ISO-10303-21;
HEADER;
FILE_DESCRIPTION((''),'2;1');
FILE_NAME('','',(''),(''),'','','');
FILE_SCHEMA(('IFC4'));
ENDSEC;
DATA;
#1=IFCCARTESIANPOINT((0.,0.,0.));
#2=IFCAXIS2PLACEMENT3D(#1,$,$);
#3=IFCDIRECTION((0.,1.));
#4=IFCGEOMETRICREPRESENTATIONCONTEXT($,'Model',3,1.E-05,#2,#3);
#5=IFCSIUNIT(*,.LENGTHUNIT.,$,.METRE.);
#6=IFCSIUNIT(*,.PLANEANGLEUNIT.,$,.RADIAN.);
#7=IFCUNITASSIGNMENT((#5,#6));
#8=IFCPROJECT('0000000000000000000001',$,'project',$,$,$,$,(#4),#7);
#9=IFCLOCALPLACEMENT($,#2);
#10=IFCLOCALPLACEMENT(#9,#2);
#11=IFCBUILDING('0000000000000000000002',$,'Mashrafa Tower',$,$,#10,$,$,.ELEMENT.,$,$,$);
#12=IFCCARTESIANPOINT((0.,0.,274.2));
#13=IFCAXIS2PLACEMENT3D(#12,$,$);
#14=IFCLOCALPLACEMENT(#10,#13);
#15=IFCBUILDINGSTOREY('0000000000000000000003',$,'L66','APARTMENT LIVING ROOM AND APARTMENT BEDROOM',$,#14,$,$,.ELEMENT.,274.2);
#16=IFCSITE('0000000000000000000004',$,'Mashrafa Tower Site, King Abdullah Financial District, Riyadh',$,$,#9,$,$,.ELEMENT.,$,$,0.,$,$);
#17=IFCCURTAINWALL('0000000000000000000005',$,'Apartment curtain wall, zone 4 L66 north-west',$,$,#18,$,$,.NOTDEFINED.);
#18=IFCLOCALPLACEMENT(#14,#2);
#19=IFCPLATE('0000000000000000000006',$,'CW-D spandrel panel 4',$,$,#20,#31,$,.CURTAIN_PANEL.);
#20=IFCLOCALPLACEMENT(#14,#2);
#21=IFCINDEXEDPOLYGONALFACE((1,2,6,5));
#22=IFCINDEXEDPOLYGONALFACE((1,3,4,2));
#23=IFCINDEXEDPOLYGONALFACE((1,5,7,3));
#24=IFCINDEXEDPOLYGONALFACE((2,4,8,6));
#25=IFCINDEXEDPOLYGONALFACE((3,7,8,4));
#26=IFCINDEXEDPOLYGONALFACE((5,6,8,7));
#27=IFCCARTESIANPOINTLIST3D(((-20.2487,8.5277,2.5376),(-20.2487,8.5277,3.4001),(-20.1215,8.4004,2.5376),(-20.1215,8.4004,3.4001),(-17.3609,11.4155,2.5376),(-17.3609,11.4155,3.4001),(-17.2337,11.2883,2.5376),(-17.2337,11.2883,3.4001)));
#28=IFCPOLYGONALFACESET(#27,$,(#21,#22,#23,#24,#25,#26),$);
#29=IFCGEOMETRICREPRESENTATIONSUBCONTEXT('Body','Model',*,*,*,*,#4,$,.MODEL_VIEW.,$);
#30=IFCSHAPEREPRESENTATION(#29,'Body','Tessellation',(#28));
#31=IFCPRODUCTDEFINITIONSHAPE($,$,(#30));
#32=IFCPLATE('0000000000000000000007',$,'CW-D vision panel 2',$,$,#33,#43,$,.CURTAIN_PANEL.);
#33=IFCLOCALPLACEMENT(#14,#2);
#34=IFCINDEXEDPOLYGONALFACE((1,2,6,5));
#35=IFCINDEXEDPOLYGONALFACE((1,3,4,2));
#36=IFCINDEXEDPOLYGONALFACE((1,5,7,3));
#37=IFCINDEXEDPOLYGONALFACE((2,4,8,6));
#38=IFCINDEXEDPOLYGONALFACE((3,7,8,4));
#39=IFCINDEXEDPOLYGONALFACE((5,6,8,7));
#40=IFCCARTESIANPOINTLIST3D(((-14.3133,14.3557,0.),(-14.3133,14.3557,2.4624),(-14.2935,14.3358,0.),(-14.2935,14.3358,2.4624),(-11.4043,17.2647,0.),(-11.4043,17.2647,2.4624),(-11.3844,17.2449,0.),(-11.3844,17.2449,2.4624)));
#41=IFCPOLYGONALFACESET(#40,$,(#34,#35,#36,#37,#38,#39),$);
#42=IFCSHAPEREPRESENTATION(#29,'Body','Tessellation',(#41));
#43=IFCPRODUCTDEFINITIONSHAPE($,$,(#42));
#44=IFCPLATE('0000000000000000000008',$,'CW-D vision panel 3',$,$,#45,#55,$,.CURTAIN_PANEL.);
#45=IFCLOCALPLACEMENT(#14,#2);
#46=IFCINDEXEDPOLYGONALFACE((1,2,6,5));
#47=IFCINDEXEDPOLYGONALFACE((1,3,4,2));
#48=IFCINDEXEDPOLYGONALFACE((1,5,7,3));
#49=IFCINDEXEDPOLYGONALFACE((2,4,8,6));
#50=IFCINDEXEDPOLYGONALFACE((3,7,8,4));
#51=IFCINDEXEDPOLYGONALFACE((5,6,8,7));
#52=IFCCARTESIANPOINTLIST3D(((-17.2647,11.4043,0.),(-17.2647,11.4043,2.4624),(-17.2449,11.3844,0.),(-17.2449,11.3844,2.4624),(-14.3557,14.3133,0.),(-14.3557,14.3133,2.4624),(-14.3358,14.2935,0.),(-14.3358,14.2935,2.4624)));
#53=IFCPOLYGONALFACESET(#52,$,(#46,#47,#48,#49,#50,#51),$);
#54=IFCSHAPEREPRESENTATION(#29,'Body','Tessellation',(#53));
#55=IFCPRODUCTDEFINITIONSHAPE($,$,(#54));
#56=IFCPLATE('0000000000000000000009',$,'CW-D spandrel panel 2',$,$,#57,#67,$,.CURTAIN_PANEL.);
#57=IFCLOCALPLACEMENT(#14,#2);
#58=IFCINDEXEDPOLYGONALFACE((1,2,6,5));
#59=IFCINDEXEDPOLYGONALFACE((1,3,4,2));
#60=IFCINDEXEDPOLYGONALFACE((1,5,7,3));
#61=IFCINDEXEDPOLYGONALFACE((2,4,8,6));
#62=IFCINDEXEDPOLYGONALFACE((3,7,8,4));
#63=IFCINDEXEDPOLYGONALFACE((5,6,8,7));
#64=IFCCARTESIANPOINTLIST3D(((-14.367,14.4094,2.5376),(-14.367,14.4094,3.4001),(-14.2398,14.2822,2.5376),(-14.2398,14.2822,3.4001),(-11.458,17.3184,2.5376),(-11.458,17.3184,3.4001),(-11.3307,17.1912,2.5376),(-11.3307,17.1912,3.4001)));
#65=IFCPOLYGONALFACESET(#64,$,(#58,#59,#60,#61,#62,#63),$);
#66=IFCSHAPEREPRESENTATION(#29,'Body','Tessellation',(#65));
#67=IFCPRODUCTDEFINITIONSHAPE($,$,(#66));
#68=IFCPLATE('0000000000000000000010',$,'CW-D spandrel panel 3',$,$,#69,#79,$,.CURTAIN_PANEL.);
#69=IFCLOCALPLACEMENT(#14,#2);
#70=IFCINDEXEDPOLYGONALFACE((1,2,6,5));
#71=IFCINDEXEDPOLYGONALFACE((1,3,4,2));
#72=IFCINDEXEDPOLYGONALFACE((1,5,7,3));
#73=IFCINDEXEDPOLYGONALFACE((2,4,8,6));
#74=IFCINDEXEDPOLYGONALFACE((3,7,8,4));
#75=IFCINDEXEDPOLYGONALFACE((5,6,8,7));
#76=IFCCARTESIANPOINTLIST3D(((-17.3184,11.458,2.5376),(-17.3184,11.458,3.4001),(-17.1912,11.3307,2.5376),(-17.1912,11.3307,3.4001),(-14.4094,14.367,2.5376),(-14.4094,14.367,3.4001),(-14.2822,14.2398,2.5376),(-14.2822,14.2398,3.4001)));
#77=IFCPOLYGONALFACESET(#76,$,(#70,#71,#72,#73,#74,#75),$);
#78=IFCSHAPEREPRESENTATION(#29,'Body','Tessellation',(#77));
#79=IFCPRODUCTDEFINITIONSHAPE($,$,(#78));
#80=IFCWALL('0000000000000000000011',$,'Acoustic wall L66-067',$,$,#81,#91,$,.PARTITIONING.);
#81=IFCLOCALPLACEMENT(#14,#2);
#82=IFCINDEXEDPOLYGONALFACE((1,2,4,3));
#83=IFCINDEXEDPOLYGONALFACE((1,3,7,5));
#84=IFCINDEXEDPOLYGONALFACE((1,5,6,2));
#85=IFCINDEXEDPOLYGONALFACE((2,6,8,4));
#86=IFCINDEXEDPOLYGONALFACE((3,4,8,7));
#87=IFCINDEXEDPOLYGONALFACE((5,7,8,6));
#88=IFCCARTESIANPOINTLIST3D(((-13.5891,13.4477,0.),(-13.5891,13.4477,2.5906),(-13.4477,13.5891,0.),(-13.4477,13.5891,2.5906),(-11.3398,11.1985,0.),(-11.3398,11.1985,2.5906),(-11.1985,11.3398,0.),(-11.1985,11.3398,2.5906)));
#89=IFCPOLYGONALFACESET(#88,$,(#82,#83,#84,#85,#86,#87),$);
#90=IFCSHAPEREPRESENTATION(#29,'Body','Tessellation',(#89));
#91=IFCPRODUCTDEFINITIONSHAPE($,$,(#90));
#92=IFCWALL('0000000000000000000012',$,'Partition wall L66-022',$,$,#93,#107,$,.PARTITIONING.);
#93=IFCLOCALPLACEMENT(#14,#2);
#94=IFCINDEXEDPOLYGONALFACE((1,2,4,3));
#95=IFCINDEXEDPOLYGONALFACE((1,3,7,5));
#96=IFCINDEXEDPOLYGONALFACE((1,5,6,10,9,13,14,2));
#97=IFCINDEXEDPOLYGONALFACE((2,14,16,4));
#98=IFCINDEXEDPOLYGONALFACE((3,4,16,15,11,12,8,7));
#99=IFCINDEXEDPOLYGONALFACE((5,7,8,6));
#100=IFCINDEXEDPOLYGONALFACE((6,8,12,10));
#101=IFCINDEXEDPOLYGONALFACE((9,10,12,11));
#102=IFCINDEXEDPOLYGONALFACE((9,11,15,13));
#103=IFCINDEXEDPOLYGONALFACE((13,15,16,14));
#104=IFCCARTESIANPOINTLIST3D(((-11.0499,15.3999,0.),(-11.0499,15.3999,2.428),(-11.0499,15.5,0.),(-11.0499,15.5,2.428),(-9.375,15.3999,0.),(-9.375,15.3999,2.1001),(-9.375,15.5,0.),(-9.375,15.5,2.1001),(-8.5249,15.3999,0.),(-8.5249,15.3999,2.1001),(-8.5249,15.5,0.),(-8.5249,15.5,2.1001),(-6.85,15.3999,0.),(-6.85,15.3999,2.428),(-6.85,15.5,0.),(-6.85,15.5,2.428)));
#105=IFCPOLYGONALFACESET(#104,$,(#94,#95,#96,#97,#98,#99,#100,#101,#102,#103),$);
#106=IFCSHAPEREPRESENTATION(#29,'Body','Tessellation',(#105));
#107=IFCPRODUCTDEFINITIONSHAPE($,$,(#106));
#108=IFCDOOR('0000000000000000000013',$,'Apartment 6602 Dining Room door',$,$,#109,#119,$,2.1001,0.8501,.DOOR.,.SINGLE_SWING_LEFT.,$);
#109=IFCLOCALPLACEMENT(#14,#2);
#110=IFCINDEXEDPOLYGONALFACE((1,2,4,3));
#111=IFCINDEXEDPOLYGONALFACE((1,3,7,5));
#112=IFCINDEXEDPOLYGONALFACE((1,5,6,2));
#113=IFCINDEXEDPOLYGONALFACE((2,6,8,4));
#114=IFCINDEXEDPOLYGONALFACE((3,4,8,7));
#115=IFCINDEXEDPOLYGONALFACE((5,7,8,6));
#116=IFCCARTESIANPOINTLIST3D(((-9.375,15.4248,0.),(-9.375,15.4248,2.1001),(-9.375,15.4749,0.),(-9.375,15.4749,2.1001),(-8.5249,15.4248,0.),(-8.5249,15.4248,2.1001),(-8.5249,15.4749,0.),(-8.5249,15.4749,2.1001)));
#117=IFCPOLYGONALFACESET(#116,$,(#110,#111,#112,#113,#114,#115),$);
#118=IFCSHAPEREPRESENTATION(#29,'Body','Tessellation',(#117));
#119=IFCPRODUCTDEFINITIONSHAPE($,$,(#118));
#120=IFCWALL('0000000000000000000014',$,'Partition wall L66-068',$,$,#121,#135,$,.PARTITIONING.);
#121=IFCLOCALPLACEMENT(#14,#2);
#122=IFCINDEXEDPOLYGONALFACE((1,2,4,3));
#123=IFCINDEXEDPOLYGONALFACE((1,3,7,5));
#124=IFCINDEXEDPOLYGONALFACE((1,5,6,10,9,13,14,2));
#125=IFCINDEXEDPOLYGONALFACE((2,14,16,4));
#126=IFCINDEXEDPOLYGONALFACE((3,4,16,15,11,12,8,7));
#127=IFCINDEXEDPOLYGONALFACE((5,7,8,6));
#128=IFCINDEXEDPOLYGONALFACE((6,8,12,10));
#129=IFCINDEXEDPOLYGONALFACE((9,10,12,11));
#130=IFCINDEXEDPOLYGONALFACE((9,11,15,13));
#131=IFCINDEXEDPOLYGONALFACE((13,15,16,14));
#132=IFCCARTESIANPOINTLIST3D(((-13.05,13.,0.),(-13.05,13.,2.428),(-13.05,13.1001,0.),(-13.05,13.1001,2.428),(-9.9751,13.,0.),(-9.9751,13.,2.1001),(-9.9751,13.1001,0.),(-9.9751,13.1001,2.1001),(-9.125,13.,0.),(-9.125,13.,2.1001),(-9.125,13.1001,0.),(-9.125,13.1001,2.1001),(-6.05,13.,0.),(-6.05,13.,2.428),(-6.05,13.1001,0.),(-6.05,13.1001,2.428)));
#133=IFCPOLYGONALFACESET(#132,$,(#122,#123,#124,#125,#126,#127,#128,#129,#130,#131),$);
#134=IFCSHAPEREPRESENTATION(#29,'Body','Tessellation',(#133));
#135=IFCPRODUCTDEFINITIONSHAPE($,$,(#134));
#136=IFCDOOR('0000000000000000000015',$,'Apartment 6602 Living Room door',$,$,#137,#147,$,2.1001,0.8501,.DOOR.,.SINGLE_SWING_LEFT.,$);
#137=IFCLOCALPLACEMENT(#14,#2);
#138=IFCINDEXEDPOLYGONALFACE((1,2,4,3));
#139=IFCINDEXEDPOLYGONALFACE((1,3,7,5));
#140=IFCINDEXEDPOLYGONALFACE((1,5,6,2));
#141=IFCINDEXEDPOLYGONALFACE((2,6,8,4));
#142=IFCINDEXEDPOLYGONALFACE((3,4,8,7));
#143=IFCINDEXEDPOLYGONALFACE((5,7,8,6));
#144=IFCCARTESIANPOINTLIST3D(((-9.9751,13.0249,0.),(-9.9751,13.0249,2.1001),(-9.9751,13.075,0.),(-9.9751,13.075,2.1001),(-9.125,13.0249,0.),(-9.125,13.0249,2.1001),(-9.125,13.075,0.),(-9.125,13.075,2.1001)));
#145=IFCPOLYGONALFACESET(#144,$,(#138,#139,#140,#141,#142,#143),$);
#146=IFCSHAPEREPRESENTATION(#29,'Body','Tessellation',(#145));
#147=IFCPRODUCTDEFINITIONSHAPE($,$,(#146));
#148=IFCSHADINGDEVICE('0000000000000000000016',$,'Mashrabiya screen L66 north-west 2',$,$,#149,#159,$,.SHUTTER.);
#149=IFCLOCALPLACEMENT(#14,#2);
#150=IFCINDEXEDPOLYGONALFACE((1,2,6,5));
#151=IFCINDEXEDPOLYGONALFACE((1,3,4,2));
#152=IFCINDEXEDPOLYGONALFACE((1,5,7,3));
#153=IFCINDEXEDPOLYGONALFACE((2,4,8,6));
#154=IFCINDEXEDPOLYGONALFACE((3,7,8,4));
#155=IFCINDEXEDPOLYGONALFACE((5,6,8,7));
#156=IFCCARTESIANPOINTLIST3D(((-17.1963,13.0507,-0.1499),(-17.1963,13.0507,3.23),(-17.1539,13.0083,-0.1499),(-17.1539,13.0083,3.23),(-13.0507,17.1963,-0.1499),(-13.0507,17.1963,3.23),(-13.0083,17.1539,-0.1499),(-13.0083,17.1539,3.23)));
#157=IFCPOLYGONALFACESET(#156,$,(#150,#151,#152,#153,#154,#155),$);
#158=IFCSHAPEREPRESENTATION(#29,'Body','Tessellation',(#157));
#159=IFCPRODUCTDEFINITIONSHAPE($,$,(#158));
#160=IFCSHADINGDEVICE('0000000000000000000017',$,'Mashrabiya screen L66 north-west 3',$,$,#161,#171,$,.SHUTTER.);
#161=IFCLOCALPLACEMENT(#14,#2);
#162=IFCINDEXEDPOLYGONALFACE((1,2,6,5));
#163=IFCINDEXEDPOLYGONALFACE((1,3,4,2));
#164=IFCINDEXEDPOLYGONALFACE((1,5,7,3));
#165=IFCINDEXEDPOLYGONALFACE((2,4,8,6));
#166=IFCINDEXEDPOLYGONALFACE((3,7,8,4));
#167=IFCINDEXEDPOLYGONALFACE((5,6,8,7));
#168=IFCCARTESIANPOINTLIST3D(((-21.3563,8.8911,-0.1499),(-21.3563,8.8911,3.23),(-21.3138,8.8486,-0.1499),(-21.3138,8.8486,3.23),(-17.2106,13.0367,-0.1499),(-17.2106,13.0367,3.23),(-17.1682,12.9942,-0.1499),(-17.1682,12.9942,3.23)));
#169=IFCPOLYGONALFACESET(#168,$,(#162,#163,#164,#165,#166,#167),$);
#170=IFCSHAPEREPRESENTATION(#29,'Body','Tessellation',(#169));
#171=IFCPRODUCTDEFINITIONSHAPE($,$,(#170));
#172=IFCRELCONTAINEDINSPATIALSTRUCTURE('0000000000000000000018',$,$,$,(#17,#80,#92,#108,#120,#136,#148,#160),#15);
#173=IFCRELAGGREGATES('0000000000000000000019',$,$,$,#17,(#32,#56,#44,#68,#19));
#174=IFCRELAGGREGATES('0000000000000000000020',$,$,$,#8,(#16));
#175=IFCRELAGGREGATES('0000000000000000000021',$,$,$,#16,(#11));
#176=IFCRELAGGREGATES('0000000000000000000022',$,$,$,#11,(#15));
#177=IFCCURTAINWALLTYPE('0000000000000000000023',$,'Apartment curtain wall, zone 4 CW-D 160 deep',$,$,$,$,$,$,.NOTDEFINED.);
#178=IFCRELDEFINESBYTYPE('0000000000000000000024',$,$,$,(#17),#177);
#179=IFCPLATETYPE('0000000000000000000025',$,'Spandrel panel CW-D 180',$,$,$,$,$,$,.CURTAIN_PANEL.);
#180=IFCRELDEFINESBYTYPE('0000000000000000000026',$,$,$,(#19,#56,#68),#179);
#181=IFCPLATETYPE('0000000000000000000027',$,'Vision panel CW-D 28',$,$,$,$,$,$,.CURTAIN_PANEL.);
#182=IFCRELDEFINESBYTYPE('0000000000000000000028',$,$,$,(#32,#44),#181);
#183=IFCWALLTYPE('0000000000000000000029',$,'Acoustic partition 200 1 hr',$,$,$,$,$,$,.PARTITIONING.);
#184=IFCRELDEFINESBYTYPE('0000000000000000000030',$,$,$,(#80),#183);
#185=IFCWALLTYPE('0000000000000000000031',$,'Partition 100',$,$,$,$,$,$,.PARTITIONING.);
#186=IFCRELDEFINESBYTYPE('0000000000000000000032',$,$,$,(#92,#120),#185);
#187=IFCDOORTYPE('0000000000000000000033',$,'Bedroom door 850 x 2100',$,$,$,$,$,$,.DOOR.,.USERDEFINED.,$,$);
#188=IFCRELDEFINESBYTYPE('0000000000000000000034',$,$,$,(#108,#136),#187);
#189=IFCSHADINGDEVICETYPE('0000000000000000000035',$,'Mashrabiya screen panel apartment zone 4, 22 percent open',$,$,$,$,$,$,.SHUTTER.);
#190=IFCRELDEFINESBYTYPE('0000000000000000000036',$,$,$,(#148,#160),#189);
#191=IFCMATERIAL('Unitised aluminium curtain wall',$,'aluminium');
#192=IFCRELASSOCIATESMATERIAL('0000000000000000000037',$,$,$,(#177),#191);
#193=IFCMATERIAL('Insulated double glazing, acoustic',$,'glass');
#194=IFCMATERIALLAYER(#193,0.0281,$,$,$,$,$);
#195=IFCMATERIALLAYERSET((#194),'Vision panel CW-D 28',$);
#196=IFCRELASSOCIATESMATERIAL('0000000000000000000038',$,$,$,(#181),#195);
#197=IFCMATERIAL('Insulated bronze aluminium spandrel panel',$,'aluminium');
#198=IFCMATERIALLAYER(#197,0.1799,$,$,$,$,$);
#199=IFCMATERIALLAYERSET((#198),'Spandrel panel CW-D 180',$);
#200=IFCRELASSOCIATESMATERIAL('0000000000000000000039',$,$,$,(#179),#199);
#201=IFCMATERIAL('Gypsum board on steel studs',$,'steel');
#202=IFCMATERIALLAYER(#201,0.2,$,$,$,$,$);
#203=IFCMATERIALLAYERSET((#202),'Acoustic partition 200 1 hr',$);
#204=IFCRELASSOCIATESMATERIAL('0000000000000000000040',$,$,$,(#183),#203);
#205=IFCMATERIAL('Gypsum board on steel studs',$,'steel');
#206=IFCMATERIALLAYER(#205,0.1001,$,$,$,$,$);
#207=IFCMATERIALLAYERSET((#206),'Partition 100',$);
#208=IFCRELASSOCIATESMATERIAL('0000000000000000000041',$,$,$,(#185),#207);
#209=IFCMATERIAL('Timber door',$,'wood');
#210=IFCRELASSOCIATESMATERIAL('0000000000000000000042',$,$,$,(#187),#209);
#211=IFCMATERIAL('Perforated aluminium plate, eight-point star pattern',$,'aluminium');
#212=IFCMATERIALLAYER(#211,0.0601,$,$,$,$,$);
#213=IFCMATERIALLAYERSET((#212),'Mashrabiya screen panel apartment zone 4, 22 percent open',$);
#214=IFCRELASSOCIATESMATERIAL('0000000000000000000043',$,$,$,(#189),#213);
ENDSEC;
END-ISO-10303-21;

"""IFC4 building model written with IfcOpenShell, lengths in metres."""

from ifc_helpers import new_model, si_unit, direction, frame, frame_2d, origin, origin_2d, place, context, subcontext, project, spatial, rectangle, extrude, source, transform, mapped, material, layer, layer_set, type_object, type_shapes, element, fill, aggregate, save


model = new_model("IFC4")

# Units and contexts
model_context = context("Model", 3, precision=1e-05, world=origin(), true_north=direction((0.0, 1.0)))
body_context = subcontext(model_context, "Body", "Model", "MODEL_VIEW")
ifc_project = project(units=[si_unit("LENGTHUNIT", "METRE"), si_unit("PLANEANGLEUNIT", "RADIAN")], contexts=[model_context])

# Site, building, storey
site_placement = place(None, origin())
site = spatial("IfcSite", under=ifc_project, at=site_placement, Name="Mashrafa Tower Site, King Abdullah Financial District, Riyadh", CompositionType="ELEMENT", RefElevation=0.0)
building_placement = place(site_placement, origin())
building = spatial("IfcBuilding", under=site, at=building_placement, Name="Mashrafa Tower", CompositionType="ELEMENT")
storey_placement = place(building_placement, frame((0.0, 0.0, 274.2)))
storey = spatial("IfcBuildingStorey", under=building, at=storey_placement, Name="L66", Description="APARTMENT LIVING ROOM AND APARTMENT BEDROOM", CompositionType="ELEMENT", Elevation=274.2)

# Curtain wall
ifc_material_1 = material(Name="Unitised aluminium curtain wall", Category="aluminium")
curtain_wall_type = type_object("IfcCurtainWallType", Name="Apartment curtain wall, zone 4 CW-D 160 deep", PredefinedType="NOTDEFINED", material=ifc_material_1)
curtain_wall_1_placement = place(storey_placement, origin())
curtain_wall_1 = element("IfcCurtainWall", 1, at=curtain_wall_1_placement, inside=storey, type_object=curtain_wall_type, Name="Apartment curtain wall, zone 4 L66 north-west", PredefinedType="NOTDEFINED")

# Plates
ifc_material_2 = material(Name="Insulated double glazing, acoustic", Category="glass")
ifc_layer_1 = layer(ifc_material_2, 0.0281)
ifc_layer_set_1 = layer_set([ifc_layer_1], Name="Vision panel CW-D 28")
plate_type_1 = type_object("IfcPlateType", Name="Vision panel CW-D 28", PredefinedType="CURTAIN_PANEL", material=ifc_layer_set_1)
ifc_material_3 = material(Name="Insulated bronze aluminium spandrel panel", Category="aluminium")
ifc_layer_2 = layer(ifc_material_3, 0.1799)
ifc_layer_set_2 = layer_set([ifc_layer_2], Name="Spandrel panel CW-D 180")
plate_type_2 = type_object("IfcPlateType", Name="Spandrel panel CW-D 180", PredefinedType="CURTAIN_PANEL", material=ifc_layer_set_2)
shared_shape_1 = source(origin(), body_context, "Body", "SweptSolid", [
    extrude(rectangle(XDim=4.084, YDim=0.1799, at=origin_2d()), origin(), (0.0, 0.0, 1.0), 0.8625),
])
plate_1_placement = place(storey_placement, frame((-18.7412, 9.908, 2.5376), z_axis=(0.0, 0.0, 1.0), x_axis=(-0.707107, -0.707107, 0.0)))
plate_1 = element("IfcPlate", 2, at=plate_1_placement, type_object=plate_type_2, Name="CW-D spandrel panel 4", PredefinedType="CURTAIN_PANEL", context=body_context, shape_type="MappedRepresentation", body=[
    mapped(shared_shape_1, transform((0.0, 0.0, 0.0))),
])
shared_shape_2 = source(origin(), body_context, "Body", "SweptSolid", [
    extrude(rectangle(XDim=4.114, YDim=0.0281, at=origin_2d()), origin(), (0.0, 0.0, 1.0), 2.4624),
])
plate_2_placement = place(storey_placement, frame((-12.8489, 15.8003, 0.0), z_axis=(0.0, 0.0, 1.0), x_axis=(-0.707107, -0.707107, 0.0)))
plate_2 = element("IfcPlate", 3, at=plate_2_placement, type_object=plate_type_1, Name="CW-D vision panel 2", PredefinedType="CURTAIN_PANEL", context=body_context, shape_type="MappedRepresentation", body=[
    mapped(shared_shape_2, transform((0.0, 0.0, 0.0))),
])
plate_3_placement = place(storey_placement, frame((-15.8003, 12.8489, 0.0), z_axis=(0.0, 0.0, 1.0), x_axis=(-0.707107, -0.707107, 0.0)))
plate_3 = element("IfcPlate", 4, at=plate_3_placement, type_object=plate_type_1, Name="CW-D vision panel 3", PredefinedType="CURTAIN_PANEL", context=body_context, shape_type="MappedRepresentation", body=[
    mapped(shared_shape_2, transform((0.0, 0.0, 0.0))),
])
shared_shape_3 = source(origin(), body_context, "Body", "SweptSolid", [
    extrude(rectangle(XDim=4.114, YDim=0.1799, at=origin_2d()), origin(), (0.0, 0.0, 1.0), 0.8625),
])
type_shapes(plate_type_2, [shared_shape_1, shared_shape_3])
plate_4_placement = place(storey_placement, frame((-12.8489, 15.8003, 2.5376), z_axis=(0.0, 0.0, 1.0), x_axis=(-0.707107, -0.707107, 0.0)))
plate_4 = element("IfcPlate", 5, at=plate_4_placement, type_object=plate_type_2, Name="CW-D spandrel panel 2", PredefinedType="CURTAIN_PANEL", context=body_context, shape_type="MappedRepresentation", body=[
    mapped(shared_shape_3, transform((0.0, 0.0, 0.0))),
])
plate_5_placement = place(storey_placement, frame((-15.8003, 12.8489, 2.5376), z_axis=(0.0, 0.0, 1.0), x_axis=(-0.707107, -0.707107, 0.0)))
plate_5 = element("IfcPlate", 6, at=plate_5_placement, type_object=plate_type_2, Name="CW-D spandrel panel 3", PredefinedType="CURTAIN_PANEL", context=body_context, shape_type="MappedRepresentation", body=[
    mapped(shared_shape_3, transform((0.0, 0.0, 0.0))),
])
aggregate(curtain_wall_1, [plate_2, plate_4, plate_3, plate_5, plate_1])

# Wall
ifc_material_4 = material(Name="Gypsum board on steel studs", Category="steel")
ifc_layer_3 = layer(ifc_material_4, 0.2)
ifc_layer_set_3 = layer_set([ifc_layer_3], Name="Acoustic partition 200 1 hr")
wall_type_1 = type_object("IfcWallType", Name="Acoustic partition 200 1 hr", PredefinedType="PARTITIONING", material=ifc_layer_set_3)
wall_1_placement = place(storey_placement, frame((-13.5183, 13.5183, 0.0), z_axis=(0.0, 0.0, 1.0), x_axis=(0.707107, -0.707107, 0.0)))
element("IfcWall", 7, at=wall_1_placement, inside=storey, type_object=wall_type_1, Name="Acoustic wall L66-067", PredefinedType="PARTITIONING", context=body_context, shape_type="SweptSolid", body=[
    extrude(rectangle(XDim=3.1809, YDim=0.2, at=frame_2d((1.5903, 0.0))), origin(), (0.0, 0.0, 1.0), 2.5906),
])

# Walls, openings, doors
ifc_material_5 = material(Name="Gypsum board on steel studs", Category="steel")
ifc_layer_4 = layer(ifc_material_5, 0.1001)
ifc_layer_set_4 = layer_set([ifc_layer_4], Name="Partition 100")
wall_type_2 = type_object("IfcWallType", Name="Partition 100", PredefinedType="PARTITIONING", material=ifc_layer_set_4)
wall_2_placement = place(storey_placement, frame((-11.05, 15.45, 0.0), z_axis=(0.0, 0.0, 1.0), x_axis=(1.0, 0.0, 0.0)))
wall_2 = element("IfcWall", 8, at=wall_2_placement, inside=storey, type_object=wall_type_2, Name="Partition wall L66-022", PredefinedType="PARTITIONING", context=body_context, shape_type="SweptSolid", body=[
    extrude(rectangle(XDim=4.2, YDim=0.1001, at=frame_2d((2.1001, 0.0))), origin(), (0.0, 0.0, 1.0), 2.428),
])
opening_1_placement = place(wall_2_placement, frame((1.675, 0.0, 0.0)))
opening_1 = element("IfcOpeningElement", 9, at=opening_1_placement, cuts=wall_2, PredefinedType="OPENING", context=body_context, shape_type="SweptSolid", body=[
    extrude(rectangle(XDim=0.8501, YDim=2.1001, at=frame_2d((0.425, 1.05))), frame((0.0, 0.0601, 0.0), z_axis=(0.0, -1.0, 0.0), x_axis=(1.0, 0.0, 0.0)), (0.0, 0.0, 1.0), 0.1201),
])
ifc_material_6 = material(Name="Timber door", Category="wood")
door_type = type_object("IfcDoorType", Name="Bedroom door 850 x 2100", OperationType="USERDEFINED", PredefinedType="DOOR", material=ifc_material_6)
door_1_placement = place(opening_1_placement, origin())
door_1 = element("IfcDoor", 10, at=door_1_placement, inside=storey, type_object=door_type, Name="Apartment 6602 Dining Room door", OperationType="SINGLE_SWING_LEFT", OverallHeight=2.1001, OverallWidth=0.8501, PredefinedType="DOOR", context=body_context, shape_type="SweptSolid", body=[
    extrude(rectangle(XDim=0.8501, YDim=2.1001, at=frame_2d((0.425, 1.05))), frame((0.0, 0.0249, 0.0), z_axis=(0.0, -1.0, 0.0), x_axis=(1.0, 0.0, 0.0)), (0.0, 0.0, 1.0), 0.05),
])
fill(opening_1, door_1)
wall_3_placement = place(storey_placement, frame((-13.05, 13.05, 0.0), z_axis=(0.0, 0.0, 1.0), x_axis=(1.0, 0.0, 0.0)))
wall_3 = element("IfcWall", 11, at=wall_3_placement, inside=storey, type_object=wall_type_2, Name="Partition wall L66-068", PredefinedType="PARTITIONING", context=body_context, shape_type="SweptSolid", body=[
    extrude(rectangle(XDim=7.0, YDim=0.1001, at=frame_2d((3.5, 0.0))), origin(), (0.0, 0.0, 1.0), 2.428),
])
opening_2_placement = place(wall_3_placement, frame((3.075, 0.0, 0.0)))
opening_2 = element("IfcOpeningElement", 12, at=opening_2_placement, cuts=wall_3, PredefinedType="OPENING", context=body_context, shape_type="SweptSolid", body=[
    extrude(rectangle(XDim=0.8501, YDim=2.1001, at=frame_2d((0.425, 1.05))), frame((0.0, 0.0601, 0.0), z_axis=(0.0, -1.0, 0.0), x_axis=(1.0, 0.0, 0.0)), (0.0, 0.0, 1.0), 0.1201),
])
door_2_placement = place(opening_2_placement, origin())
door_2 = element("IfcDoor", 13, at=door_2_placement, inside=storey, type_object=door_type, Name="Apartment 6602 Living Room door", OperationType="SINGLE_SWING_LEFT", OverallHeight=2.1001, OverallWidth=0.8501, PredefinedType="DOOR", context=body_context, shape_type="SweptSolid", body=[
    extrude(rectangle(XDim=0.8501, YDim=2.1001, at=frame_2d((0.425, 1.05))), frame((0.0, 0.0249, 0.0), z_axis=(0.0, -1.0, 0.0), x_axis=(1.0, 0.0, 0.0)), (0.0, 0.0, 1.0), 0.05),
])
fill(opening_2, door_2)

# Shading devices
ifc_material_7 = material(Name="Perforated aluminium plate, eight-point star pattern", Category="aluminium")
ifc_layer_5 = layer(ifc_material_7, 0.0601)
ifc_layer_set_5 = layer_set([ifc_layer_5], Name="Mashrabiya screen panel apartment zone 4, 22 percent open")
shading_device_type = type_object("IfcShadingDeviceType", Name="Mashrabiya screen panel apartment zone 4, 22 percent open", PredefinedType="SHUTTER", material=ifc_layer_set_5)
shared_shape_4 = source(origin(), body_context, "Body", "SweptSolid", [
    extrude(rectangle(XDim=5.8628, YDim=0.0601, at=origin_2d()), origin(), (0.0, 0.0, 1.0), 3.3799),
])
type_shapes(shading_device_type, [shared_shape_4])
for number, where, z_axis, x_axis, name in (
    (14, (-15.1023, 15.1023, -0.1499), (0.0, 0.0, 1.0), (-0.707107, -0.707107, 0.0), "Mashrabiya screen L66 north-west 2"),
    (15, (-19.2622, 10.9426, -0.1499), (0.0, 0.0, 1.0), (-0.707107, -0.707107, 0.0), "Mashrabiya screen L66 north-west 3"),
):
    element("IfcShadingDevice", number, at=place(storey_placement, frame(where, z_axis=z_axis, x_axis=x_axis)), inside=storey, type_object=shading_device_type, Name=name, PredefinedType="SHUTTER", context=body_context, shape_type="MappedRepresentation", body=[
        mapped(shared_shape_4, transform((0.0, 0.0, 0.0))),
    ])

save(model, "model.ifc")
